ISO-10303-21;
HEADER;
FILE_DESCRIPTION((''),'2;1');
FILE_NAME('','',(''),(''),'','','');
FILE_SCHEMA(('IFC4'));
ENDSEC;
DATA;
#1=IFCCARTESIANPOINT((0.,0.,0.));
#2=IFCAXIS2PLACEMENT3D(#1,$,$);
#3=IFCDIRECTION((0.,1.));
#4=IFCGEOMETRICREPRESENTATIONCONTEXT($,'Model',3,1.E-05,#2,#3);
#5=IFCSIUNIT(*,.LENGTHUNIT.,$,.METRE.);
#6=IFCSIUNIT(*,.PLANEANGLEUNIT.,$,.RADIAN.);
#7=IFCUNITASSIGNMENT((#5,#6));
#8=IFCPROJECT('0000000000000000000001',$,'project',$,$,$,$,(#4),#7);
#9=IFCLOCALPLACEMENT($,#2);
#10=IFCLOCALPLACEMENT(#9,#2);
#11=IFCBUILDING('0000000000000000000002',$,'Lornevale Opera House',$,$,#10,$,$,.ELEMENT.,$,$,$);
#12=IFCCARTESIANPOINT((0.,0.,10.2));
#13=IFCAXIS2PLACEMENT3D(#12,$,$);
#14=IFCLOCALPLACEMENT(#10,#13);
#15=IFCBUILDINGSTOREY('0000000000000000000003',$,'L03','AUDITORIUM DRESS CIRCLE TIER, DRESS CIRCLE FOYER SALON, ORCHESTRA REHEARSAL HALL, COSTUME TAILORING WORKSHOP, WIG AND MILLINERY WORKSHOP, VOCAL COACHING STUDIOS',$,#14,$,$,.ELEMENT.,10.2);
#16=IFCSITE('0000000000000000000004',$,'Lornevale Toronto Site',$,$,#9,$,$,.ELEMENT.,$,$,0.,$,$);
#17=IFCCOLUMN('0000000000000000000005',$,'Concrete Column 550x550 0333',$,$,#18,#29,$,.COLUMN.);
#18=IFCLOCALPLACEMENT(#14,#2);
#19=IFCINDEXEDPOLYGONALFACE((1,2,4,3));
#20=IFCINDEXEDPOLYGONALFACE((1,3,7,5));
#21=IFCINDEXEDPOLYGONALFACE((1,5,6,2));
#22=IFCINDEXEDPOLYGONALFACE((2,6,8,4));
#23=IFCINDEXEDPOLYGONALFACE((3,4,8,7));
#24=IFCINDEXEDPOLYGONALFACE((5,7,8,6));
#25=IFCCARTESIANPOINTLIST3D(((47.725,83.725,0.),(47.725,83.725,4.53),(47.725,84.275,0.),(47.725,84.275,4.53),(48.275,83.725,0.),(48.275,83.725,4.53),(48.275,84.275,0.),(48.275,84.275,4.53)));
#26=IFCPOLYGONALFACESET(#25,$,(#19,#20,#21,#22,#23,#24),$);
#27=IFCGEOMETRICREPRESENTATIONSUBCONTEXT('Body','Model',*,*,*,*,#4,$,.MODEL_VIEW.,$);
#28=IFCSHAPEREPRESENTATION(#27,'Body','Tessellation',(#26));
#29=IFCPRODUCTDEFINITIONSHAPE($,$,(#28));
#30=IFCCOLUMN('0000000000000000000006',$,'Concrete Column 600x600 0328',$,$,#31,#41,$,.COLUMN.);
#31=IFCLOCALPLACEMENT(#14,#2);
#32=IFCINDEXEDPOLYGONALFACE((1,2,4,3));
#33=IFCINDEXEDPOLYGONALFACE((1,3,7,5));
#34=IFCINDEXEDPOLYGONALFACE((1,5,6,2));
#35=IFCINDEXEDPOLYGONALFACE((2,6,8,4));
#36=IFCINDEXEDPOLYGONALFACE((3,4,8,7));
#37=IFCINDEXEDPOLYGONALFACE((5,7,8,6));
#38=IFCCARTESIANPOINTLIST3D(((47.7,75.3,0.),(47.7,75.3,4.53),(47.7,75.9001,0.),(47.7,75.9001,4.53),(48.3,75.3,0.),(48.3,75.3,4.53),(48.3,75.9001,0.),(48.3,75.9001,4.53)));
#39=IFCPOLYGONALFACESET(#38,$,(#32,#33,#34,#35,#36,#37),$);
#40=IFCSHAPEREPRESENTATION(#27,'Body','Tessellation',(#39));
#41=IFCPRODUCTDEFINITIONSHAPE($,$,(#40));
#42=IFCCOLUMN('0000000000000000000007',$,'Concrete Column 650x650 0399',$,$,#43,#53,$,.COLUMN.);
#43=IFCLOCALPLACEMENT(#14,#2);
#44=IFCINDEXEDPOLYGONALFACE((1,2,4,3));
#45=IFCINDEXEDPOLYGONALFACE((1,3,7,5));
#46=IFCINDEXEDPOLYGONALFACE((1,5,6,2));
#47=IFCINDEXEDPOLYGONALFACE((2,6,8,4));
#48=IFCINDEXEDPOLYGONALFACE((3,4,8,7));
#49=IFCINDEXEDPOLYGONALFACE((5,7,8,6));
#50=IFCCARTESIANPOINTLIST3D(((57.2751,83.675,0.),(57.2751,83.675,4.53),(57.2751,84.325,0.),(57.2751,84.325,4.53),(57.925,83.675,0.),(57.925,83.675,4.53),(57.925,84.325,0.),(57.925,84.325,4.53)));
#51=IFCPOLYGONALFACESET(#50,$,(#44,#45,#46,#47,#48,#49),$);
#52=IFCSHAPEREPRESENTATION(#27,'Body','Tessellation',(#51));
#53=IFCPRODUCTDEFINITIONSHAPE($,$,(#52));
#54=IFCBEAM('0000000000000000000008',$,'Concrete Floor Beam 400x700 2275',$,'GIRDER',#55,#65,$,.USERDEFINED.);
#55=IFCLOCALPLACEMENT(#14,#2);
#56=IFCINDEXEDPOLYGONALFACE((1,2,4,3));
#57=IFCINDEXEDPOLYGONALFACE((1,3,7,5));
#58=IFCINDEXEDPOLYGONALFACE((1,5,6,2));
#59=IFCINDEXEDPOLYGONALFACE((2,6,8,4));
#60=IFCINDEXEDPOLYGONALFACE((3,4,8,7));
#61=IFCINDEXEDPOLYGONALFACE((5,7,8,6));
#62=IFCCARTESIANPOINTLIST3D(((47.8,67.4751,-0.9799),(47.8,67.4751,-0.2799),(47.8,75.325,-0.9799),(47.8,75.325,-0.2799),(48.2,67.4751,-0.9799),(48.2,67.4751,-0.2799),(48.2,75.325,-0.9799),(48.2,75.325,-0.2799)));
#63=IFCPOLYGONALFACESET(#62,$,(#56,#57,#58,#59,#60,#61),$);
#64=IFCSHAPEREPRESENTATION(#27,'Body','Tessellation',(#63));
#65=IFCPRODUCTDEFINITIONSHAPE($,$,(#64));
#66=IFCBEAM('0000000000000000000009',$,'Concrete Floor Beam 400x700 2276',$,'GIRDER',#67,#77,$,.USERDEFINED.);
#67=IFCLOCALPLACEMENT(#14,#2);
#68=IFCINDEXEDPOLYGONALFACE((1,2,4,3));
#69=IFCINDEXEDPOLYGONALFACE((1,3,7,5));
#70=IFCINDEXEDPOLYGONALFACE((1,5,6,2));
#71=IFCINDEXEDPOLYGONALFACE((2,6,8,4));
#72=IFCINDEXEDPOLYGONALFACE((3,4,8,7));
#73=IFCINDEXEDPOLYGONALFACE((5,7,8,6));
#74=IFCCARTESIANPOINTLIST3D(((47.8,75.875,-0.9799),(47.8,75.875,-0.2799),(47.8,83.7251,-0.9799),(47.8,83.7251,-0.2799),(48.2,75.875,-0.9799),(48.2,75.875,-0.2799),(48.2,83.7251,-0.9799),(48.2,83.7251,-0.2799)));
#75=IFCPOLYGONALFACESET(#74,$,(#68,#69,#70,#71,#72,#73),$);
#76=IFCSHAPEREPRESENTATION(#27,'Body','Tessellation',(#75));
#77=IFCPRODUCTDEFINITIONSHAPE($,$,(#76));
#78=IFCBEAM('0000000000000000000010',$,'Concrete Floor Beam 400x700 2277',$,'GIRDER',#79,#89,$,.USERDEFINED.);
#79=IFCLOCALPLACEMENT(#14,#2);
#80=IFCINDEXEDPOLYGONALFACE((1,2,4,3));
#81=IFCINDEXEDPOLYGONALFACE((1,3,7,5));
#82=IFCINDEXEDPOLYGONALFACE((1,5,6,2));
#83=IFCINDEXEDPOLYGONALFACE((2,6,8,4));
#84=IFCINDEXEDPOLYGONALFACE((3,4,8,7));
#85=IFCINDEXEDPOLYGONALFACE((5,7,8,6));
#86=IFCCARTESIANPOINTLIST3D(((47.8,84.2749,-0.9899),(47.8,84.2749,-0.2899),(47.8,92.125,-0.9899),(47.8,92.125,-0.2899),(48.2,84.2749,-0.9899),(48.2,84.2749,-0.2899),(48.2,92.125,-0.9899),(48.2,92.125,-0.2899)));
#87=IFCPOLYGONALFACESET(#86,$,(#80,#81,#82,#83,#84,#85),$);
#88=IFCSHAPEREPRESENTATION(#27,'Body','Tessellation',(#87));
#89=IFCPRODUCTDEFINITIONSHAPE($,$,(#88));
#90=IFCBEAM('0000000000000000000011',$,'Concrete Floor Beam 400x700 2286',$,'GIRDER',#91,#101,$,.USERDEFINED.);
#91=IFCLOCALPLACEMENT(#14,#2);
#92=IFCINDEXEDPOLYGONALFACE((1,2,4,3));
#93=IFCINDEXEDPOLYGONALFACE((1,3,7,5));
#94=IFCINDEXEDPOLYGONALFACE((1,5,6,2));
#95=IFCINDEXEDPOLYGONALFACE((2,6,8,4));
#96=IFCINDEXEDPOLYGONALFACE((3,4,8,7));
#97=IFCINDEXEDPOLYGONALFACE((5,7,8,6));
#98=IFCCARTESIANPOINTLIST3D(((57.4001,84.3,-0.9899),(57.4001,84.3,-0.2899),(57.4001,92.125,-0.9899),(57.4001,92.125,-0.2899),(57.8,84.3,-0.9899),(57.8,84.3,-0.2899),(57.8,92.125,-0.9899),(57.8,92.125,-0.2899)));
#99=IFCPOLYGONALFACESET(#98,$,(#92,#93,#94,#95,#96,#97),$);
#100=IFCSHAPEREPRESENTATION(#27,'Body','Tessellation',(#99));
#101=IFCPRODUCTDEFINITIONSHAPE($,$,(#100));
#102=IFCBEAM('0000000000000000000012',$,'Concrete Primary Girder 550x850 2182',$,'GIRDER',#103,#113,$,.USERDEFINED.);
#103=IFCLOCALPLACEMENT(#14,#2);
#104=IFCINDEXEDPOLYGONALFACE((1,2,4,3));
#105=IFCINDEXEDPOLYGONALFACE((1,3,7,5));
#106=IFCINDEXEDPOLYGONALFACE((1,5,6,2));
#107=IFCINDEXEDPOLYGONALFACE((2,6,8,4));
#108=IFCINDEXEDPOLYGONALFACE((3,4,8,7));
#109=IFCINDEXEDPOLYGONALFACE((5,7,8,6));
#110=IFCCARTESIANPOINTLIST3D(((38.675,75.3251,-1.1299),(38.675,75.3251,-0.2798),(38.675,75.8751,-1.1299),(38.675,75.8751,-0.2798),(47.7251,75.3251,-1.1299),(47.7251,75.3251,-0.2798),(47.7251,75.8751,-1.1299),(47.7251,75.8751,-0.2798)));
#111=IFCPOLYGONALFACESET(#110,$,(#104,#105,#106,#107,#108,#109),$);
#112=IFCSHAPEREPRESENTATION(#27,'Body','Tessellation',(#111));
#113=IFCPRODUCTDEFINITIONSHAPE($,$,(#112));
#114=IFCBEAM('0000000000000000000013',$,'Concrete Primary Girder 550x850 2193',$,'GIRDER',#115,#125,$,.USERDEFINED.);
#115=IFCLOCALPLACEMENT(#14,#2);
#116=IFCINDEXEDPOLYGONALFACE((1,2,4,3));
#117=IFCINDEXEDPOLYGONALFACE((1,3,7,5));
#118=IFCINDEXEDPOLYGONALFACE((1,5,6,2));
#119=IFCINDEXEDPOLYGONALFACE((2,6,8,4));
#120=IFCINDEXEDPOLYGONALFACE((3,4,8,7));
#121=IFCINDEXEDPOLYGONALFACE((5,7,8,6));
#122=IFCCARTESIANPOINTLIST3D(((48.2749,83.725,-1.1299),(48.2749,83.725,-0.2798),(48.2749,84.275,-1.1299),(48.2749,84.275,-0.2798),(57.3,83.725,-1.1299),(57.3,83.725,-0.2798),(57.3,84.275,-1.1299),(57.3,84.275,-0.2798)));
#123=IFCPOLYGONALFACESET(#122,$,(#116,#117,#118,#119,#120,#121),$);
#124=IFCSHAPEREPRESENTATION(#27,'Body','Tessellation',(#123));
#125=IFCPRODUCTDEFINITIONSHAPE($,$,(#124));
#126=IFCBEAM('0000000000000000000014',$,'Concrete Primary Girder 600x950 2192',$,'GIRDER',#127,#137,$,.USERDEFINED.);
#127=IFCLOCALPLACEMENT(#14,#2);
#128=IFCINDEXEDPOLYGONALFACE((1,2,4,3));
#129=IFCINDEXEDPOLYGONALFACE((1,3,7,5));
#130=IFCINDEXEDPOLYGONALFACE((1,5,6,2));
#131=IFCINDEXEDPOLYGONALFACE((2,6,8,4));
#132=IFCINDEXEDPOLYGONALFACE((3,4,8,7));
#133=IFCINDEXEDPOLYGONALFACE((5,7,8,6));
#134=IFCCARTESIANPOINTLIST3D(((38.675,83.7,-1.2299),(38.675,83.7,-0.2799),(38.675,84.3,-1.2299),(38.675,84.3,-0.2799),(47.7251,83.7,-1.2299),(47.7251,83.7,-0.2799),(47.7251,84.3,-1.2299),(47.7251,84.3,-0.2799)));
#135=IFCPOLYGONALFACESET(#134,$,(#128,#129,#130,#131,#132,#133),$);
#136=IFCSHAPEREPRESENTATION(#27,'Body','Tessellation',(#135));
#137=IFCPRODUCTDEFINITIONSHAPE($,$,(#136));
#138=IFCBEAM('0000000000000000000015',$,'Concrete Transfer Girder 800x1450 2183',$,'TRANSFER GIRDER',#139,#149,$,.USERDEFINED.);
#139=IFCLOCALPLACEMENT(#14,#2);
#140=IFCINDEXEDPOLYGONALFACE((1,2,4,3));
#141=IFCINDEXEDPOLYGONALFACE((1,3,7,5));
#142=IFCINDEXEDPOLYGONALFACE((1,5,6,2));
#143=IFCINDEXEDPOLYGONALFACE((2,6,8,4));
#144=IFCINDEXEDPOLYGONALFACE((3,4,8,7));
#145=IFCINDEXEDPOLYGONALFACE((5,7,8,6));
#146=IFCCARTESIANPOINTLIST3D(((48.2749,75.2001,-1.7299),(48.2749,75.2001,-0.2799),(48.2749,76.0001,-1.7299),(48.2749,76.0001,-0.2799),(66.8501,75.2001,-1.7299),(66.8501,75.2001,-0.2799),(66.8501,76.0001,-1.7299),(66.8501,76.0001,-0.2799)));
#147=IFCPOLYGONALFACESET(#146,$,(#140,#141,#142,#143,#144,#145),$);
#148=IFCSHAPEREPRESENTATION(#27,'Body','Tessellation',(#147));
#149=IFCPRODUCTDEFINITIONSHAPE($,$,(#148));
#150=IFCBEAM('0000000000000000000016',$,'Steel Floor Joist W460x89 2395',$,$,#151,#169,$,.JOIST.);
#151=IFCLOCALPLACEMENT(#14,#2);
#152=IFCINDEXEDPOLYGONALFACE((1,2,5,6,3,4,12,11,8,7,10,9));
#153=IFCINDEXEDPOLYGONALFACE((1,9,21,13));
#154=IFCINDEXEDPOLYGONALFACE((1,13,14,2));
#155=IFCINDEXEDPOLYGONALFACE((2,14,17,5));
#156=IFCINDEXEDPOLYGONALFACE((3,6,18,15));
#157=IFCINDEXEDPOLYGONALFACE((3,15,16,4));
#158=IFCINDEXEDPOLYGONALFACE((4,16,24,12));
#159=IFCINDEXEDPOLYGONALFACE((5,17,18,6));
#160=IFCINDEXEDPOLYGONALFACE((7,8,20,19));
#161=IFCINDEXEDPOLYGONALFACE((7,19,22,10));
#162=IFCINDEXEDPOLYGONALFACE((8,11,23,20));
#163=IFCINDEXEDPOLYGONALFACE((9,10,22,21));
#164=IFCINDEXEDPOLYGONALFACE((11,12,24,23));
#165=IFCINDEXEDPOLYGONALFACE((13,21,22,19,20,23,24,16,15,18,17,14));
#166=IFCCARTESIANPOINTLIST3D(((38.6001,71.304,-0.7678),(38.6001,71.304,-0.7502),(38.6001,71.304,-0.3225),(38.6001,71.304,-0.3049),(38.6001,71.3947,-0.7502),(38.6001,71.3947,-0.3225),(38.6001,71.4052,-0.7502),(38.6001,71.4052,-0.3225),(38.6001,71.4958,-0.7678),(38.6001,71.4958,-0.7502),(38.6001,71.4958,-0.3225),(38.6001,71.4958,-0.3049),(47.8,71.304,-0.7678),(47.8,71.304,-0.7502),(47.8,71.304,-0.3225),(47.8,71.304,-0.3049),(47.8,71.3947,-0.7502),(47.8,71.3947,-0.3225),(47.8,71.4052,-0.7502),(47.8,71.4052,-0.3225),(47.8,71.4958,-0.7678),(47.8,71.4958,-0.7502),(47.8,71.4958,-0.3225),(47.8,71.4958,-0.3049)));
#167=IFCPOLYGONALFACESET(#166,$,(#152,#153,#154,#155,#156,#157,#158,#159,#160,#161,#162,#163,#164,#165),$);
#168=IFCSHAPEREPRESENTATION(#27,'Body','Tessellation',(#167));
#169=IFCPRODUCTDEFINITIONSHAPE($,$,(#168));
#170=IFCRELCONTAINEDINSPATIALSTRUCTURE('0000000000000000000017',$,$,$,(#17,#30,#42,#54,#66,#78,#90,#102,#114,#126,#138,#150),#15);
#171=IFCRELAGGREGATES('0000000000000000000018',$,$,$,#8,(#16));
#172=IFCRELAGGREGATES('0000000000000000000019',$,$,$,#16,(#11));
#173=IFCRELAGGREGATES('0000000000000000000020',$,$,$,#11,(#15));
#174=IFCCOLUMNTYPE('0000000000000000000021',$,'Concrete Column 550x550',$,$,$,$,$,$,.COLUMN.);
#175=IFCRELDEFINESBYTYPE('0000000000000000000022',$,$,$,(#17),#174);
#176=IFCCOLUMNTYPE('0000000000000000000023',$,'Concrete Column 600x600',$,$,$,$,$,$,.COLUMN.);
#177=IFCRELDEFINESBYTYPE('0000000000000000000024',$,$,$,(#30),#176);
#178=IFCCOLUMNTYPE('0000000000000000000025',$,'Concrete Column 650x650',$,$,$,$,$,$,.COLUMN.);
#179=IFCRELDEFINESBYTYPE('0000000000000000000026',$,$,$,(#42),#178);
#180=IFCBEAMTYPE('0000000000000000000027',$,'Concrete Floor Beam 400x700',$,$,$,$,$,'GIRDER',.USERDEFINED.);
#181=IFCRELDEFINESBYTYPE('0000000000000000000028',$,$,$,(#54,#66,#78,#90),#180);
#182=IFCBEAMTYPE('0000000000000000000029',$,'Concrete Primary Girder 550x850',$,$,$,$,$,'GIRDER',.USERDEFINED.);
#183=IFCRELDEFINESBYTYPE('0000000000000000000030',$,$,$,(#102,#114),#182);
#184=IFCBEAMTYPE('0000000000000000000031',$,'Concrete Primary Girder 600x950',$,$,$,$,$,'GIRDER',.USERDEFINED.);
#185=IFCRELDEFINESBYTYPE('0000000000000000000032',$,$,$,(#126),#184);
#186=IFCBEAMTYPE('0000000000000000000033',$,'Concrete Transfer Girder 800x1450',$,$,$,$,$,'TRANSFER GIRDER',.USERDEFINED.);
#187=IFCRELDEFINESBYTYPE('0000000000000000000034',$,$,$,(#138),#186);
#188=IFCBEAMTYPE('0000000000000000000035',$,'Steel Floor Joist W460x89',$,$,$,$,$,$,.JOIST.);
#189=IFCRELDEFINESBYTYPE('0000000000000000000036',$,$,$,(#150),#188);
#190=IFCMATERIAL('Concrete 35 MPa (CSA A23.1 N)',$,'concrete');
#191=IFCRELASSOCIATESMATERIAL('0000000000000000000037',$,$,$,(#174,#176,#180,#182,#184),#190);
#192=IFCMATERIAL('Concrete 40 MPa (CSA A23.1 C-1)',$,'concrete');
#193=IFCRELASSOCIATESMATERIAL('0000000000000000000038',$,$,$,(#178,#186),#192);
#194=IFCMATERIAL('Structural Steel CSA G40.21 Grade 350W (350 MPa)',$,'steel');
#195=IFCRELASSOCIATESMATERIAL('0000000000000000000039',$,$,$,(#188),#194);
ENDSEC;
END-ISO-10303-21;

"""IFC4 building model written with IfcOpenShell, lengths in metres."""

from ifc_helpers import new_model, si_unit, direction, frame, origin, origin_2d, place, context, subcontext, project, spatial, rectangle, i_section, extrude, material, material_profile, profile_set, type_object, element, save


model = new_model("IFC4")

# Units and contexts
model_context = context("Model", 3, precision=1e-05, world=origin(), true_north=direction((0.0, 1.0)))
body_context = subcontext(model_context, "Body", "Model", "MODEL_VIEW")
ifc_project = project(units=[si_unit("LENGTHUNIT", "METRE"), si_unit("PLANEANGLEUNIT", "RADIAN")], contexts=[model_context])

# Site, building, storey
site_placement = place(None, origin())
site = spatial("IfcSite", under=ifc_project, at=site_placement, Name="Lornevale Toronto Site", CompositionType="ELEMENT", RefElevation=0.0)
building_placement = place(site_placement, origin())
building = spatial("IfcBuilding", under=site, at=building_placement, Name="Lornevale Opera House", CompositionType="ELEMENT")
storey_placement = place(building_placement, frame((0.0, 0.0, 10.2)))
storey = spatial("IfcBuildingStorey", under=building, at=storey_placement, Name="L03", Description="AUDITORIUM DRESS CIRCLE TIER, DRESS CIRCLE FOYER SALON, ORCHESTRA REHEARSAL HALL, COSTUME TAILORING WORKSHOP, WIG AND MILLINERY WORKSHOP, VOCAL COACHING STUDIOS", CompositionType="ELEMENT", Elevation=10.2)

# Columns
ifc_material_1 = material(Name="Concrete 35 MPa (CSA A23.1 N)", Category="concrete")
ifc_material_profile_1 = material_profile(ifc_material_1, rectangle(XDim=0.55, YDim=0.55, at=origin_2d()), Name="RC550x550")
ifc_profile_set_1 = profile_set([ifc_material_profile_1], Name="Concrete 35 MPa (CSA A23.1 N)")
column_type_1 = type_object("IfcColumnType", Name="Concrete Column 550x550", PredefinedType="COLUMN", material=ifc_profile_set_1)
column_1_placement = place(storey_placement, frame((48.0, 84.0, 0.0), z_axis=(0.0, 0.0, 1.0), x_axis=(1.0, 0.0, 0.0)))
element("IfcColumn", 1, at=column_1_placement, inside=storey, type_object=column_type_1, Name="Concrete Column 550x550 0333", PredefinedType="COLUMN", context=body_context, shape_type="SweptSolid", body=[
    extrude(rectangle(XDim=0.55, YDim=0.55, at=origin_2d()), origin(), (0.0, 0.0, 1.0), 4.53),
])
ifc_material_profile_2 = material_profile(ifc_material_1, rectangle(XDim=0.6001, YDim=0.6001, at=origin_2d()), Name="RC600x600")
ifc_profile_set_2 = profile_set([ifc_material_profile_2], Name="Concrete 35 MPa (CSA A23.1 N)")
column_type_2 = type_object("IfcColumnType", Name="Concrete Column 600x600", PredefinedType="COLUMN", material=ifc_profile_set_2)
column_2_placement = place(storey_placement, frame((48.0, 75.6001, 0.0), z_axis=(0.0, 0.0, 1.0), x_axis=(1.0, 0.0, 0.0)))
element("IfcColumn", 2, at=column_2_placement, inside=storey, type_object=column_type_2, Name="Concrete Column 600x600 0328", PredefinedType="COLUMN", context=body_context, shape_type="SweptSolid", body=[
    extrude(rectangle(XDim=0.6001, YDim=0.6001, at=origin_2d()), origin(), (0.0, 0.0, 1.0), 4.53),
])
ifc_material_2 = material(Name="Concrete 40 MPa (CSA A23.1 C-1)", Category="concrete")
ifc_material_profile_3 = material_profile(ifc_material_2, rectangle(XDim=0.6499, YDim=0.6499, at=origin_2d()), Name="RC650x650")
ifc_profile_set_3 = profile_set([ifc_material_profile_3], Name="Concrete 40 MPa (CSA A23.1 C-1)")
column_type_3 = type_object("IfcColumnType", Name="Concrete Column 650x650", PredefinedType="COLUMN", material=ifc_profile_set_3)
column_3_placement = place(storey_placement, frame((57.6001, 84.0, 0.0), z_axis=(0.0, 0.0, 1.0), x_axis=(1.0, 0.0, 0.0)))
element("IfcColumn", 3, at=column_3_placement, inside=storey, type_object=column_type_3, Name="Concrete Column 650x650 0399", PredefinedType="COLUMN", context=body_context, shape_type="SweptSolid", body=[
    extrude(rectangle(XDim=0.6499, YDim=0.6499, at=origin_2d()), origin(), (0.0, 0.0, 1.0), 4.53),
])

# Beams
ifc_material_profile_4 = material_profile(ifc_material_1, rectangle(XDim=0.3999, YDim=0.7, at=origin_2d()), Name="RC400x700")
ifc_profile_set_4 = profile_set([ifc_material_profile_4], Name="Concrete 35 MPa (CSA A23.1 N)")
beam_type_1 = type_object("IfcBeamType", Name="Concrete Floor Beam 400x700", ElementType="GIRDER", PredefinedType="USERDEFINED", material=ifc_profile_set_4)
beam_1_placement = place(storey_placement, frame((48.0, 67.4751, -0.6299), z_axis=(0.0, 1.0, 0.0), x_axis=(-1.0, 0.0, 0.0)))
element("IfcBeam", 4, at=beam_1_placement, inside=storey, type_object=beam_type_1, Name="Concrete Floor Beam 400x700 2275", ObjectType="GIRDER", PredefinedType="USERDEFINED", context=body_context, shape_type="SweptSolid", body=[
    extrude(rectangle(XDim=0.3999, YDim=0.7, at=origin_2d()), origin(), (0.0, 0.0, 1.0), 7.8499),
])
for number, where, z_axis, x_axis, name in (
    (5, (48.0, 75.875, -0.6299), (0.0, 1.0, 0.0), (-1.0, 0.0, 0.0), "Concrete Floor Beam 400x700 2276"),
    (6, (48.0, 84.2749, -0.6399), (0.0, 1.0, 0.0), (-1.0, 0.0, 0.0), "Concrete Floor Beam 400x700 2277"),
):
    element("IfcBeam", number, at=place(storey_placement, frame(where, z_axis=z_axis, x_axis=x_axis)), inside=storey, type_object=beam_type_1, Name=name, ObjectType="GIRDER", PredefinedType="USERDEFINED", context=body_context, shape_type="SweptSolid", body=[
        extrude(rectangle(XDim=0.3999, YDim=0.7, at=origin_2d()), origin(), (0.0, 0.0, 1.0), 7.8501),
    ])
beam_2_placement = place(storey_placement, frame((57.6001, 84.3, -0.6399), z_axis=(0.0, 1.0, 0.0), x_axis=(-1.0, 0.0, 0.0)))
element("IfcBeam", 7, at=beam_2_placement, inside=storey, type_object=beam_type_1, Name="Concrete Floor Beam 400x700 2286", ObjectType="GIRDER", PredefinedType="USERDEFINED", context=body_context, shape_type="SweptSolid", body=[
    extrude(rectangle(XDim=0.3999, YDim=0.7, at=origin_2d()), origin(), (0.0, 0.0, 1.0), 7.825),
])
ifc_material_profile_5 = material_profile(ifc_material_1, rectangle(XDim=0.55, YDim=0.8501, at=origin_2d()), Name="RC550x850")
ifc_profile_set_5 = profile_set([ifc_material_profile_5], Name="Concrete 35 MPa (CSA A23.1 N)")
beam_type_2 = type_object("IfcBeamType", Name="Concrete Primary Girder 550x850", ElementType="GIRDER", PredefinedType="USERDEFINED", material=ifc_profile_set_5)
beam_3_placement = place(storey_placement, frame((38.675, 75.6001, -0.7048), z_axis=(1.0, 0.0, 0.0), x_axis=(0.0, 1.0, 0.0)))
element("IfcBeam", 8, at=beam_3_placement, inside=storey, type_object=beam_type_2, Name="Concrete Primary Girder 550x850 2182", ObjectType="GIRDER", PredefinedType="USERDEFINED", context=body_context, shape_type="SweptSolid", body=[
    extrude(rectangle(XDim=0.55, YDim=0.8501, at=origin_2d()), origin(), (0.0, 0.0, 1.0), 9.05),
])
beam_4_placement = place(storey_placement, frame((48.2749, 84.0, -0.7048), z_axis=(1.0, 0.0, 0.0), x_axis=(0.0, 1.0, 0.0)))
element("IfcBeam", 9, at=beam_4_placement, inside=storey, type_object=beam_type_2, Name="Concrete Primary Girder 550x850 2193", ObjectType="GIRDER", PredefinedType="USERDEFINED", context=body_context, shape_type="SweptSolid", body=[
    extrude(rectangle(XDim=0.55, YDim=0.8501, at=origin_2d()), origin(), (0.0, 0.0, 1.0), 9.0251),
])
ifc_material_profile_6 = material_profile(ifc_material_1, rectangle(XDim=0.6001, YDim=0.95, at=origin_2d()), Name="RC600x950")
ifc_profile_set_6 = profile_set([ifc_material_profile_6], Name="Concrete 35 MPa (CSA A23.1 N)")
beam_type_3 = type_object("IfcBeamType", Name="Concrete Primary Girder 600x950", ElementType="GIRDER", PredefinedType="USERDEFINED", material=ifc_profile_set_6)
beam_5_placement = place(storey_placement, frame((38.675, 84.0, -0.7549), z_axis=(1.0, 0.0, 0.0), x_axis=(0.0, 1.0, 0.0)))
element("IfcBeam", 10, at=beam_5_placement, inside=storey, type_object=beam_type_3, Name="Concrete Primary Girder 600x950 2192", ObjectType="GIRDER", PredefinedType="USERDEFINED", context=body_context, shape_type="SweptSolid", body=[
    extrude(rectangle(XDim=0.6001, YDim=0.95, at=origin_2d()), origin(), (0.0, 0.0, 1.0), 9.05),
])
ifc_material_profile_7 = material_profile(ifc_material_2, rectangle(XDim=0.8, YDim=1.45, at=origin_2d()), Name="RC800x1450")
ifc_profile_set_7 = profile_set([ifc_material_profile_7], Name="Concrete 40 MPa (CSA A23.1 C-1)")
beam_type_4 = type_object("IfcBeamType", Name="Concrete Transfer Girder 800x1450", ElementType="TRANSFER GIRDER", PredefinedType="USERDEFINED", material=ifc_profile_set_7)
beam_6_placement = place(storey_placement, frame((48.2749, 75.6001, -1.0049), z_axis=(1.0, 0.0, 0.0), x_axis=(0.0, 1.0, 0.0)))
element("IfcBeam", 11, at=beam_6_placement, inside=storey, type_object=beam_type_4, Name="Concrete Transfer Girder 800x1450 2183", ObjectType="TRANSFER GIRDER", PredefinedType="USERDEFINED", context=body_context, shape_type="SweptSolid", body=[
    extrude(rectangle(XDim=0.8, YDim=1.45, at=origin_2d()), origin(), (0.0, 0.0, 1.0), 18.5752),
])
ifc_material_3 = material(Name="Structural Steel CSA G40.21 Grade 350W (350 MPa)", Category="steel")
ifc_material_profile_8 = material_profile(ifc_material_3, i_section(OverallWidth=0.1919, OverallDepth=0.4629, WebThickness=0.0105, FlangeThickness=0.0176, at=origin_2d()), Name="W460x89")
ifc_profile_set_8 = profile_set([ifc_material_profile_8], Name="Structural Steel CSA G40.21 Grade 350W (350 MPa)")
beam_type_5 = type_object("IfcBeamType", Name="Steel Floor Joist W460x89", PredefinedType="JOIST", material=ifc_profile_set_8)
for number, where, z_axis, x_axis, name in (
    (12, (38.6001, 71.3999, -0.5364), (1.0, 0.0, 0.0), (0.0, 1.0, 0.0), "Steel Floor Joist W460x89 2395"),
):
    element("IfcBeam", number, at=place(storey_placement, frame(where, z_axis=z_axis, x_axis=x_axis)), inside=storey, type_object=beam_type_5, Name=name, PredefinedType="JOIST", context=body_context, shape_type="SweptSolid", body=[
        extrude(i_section(OverallWidth=0.1919, OverallDepth=0.4629, WebThickness=0.0105, FlangeThickness=0.0176, at=origin_2d()), origin(), (0.0, 0.0, 1.0), 9.2),
    ])

save(model, "model.ifc")
